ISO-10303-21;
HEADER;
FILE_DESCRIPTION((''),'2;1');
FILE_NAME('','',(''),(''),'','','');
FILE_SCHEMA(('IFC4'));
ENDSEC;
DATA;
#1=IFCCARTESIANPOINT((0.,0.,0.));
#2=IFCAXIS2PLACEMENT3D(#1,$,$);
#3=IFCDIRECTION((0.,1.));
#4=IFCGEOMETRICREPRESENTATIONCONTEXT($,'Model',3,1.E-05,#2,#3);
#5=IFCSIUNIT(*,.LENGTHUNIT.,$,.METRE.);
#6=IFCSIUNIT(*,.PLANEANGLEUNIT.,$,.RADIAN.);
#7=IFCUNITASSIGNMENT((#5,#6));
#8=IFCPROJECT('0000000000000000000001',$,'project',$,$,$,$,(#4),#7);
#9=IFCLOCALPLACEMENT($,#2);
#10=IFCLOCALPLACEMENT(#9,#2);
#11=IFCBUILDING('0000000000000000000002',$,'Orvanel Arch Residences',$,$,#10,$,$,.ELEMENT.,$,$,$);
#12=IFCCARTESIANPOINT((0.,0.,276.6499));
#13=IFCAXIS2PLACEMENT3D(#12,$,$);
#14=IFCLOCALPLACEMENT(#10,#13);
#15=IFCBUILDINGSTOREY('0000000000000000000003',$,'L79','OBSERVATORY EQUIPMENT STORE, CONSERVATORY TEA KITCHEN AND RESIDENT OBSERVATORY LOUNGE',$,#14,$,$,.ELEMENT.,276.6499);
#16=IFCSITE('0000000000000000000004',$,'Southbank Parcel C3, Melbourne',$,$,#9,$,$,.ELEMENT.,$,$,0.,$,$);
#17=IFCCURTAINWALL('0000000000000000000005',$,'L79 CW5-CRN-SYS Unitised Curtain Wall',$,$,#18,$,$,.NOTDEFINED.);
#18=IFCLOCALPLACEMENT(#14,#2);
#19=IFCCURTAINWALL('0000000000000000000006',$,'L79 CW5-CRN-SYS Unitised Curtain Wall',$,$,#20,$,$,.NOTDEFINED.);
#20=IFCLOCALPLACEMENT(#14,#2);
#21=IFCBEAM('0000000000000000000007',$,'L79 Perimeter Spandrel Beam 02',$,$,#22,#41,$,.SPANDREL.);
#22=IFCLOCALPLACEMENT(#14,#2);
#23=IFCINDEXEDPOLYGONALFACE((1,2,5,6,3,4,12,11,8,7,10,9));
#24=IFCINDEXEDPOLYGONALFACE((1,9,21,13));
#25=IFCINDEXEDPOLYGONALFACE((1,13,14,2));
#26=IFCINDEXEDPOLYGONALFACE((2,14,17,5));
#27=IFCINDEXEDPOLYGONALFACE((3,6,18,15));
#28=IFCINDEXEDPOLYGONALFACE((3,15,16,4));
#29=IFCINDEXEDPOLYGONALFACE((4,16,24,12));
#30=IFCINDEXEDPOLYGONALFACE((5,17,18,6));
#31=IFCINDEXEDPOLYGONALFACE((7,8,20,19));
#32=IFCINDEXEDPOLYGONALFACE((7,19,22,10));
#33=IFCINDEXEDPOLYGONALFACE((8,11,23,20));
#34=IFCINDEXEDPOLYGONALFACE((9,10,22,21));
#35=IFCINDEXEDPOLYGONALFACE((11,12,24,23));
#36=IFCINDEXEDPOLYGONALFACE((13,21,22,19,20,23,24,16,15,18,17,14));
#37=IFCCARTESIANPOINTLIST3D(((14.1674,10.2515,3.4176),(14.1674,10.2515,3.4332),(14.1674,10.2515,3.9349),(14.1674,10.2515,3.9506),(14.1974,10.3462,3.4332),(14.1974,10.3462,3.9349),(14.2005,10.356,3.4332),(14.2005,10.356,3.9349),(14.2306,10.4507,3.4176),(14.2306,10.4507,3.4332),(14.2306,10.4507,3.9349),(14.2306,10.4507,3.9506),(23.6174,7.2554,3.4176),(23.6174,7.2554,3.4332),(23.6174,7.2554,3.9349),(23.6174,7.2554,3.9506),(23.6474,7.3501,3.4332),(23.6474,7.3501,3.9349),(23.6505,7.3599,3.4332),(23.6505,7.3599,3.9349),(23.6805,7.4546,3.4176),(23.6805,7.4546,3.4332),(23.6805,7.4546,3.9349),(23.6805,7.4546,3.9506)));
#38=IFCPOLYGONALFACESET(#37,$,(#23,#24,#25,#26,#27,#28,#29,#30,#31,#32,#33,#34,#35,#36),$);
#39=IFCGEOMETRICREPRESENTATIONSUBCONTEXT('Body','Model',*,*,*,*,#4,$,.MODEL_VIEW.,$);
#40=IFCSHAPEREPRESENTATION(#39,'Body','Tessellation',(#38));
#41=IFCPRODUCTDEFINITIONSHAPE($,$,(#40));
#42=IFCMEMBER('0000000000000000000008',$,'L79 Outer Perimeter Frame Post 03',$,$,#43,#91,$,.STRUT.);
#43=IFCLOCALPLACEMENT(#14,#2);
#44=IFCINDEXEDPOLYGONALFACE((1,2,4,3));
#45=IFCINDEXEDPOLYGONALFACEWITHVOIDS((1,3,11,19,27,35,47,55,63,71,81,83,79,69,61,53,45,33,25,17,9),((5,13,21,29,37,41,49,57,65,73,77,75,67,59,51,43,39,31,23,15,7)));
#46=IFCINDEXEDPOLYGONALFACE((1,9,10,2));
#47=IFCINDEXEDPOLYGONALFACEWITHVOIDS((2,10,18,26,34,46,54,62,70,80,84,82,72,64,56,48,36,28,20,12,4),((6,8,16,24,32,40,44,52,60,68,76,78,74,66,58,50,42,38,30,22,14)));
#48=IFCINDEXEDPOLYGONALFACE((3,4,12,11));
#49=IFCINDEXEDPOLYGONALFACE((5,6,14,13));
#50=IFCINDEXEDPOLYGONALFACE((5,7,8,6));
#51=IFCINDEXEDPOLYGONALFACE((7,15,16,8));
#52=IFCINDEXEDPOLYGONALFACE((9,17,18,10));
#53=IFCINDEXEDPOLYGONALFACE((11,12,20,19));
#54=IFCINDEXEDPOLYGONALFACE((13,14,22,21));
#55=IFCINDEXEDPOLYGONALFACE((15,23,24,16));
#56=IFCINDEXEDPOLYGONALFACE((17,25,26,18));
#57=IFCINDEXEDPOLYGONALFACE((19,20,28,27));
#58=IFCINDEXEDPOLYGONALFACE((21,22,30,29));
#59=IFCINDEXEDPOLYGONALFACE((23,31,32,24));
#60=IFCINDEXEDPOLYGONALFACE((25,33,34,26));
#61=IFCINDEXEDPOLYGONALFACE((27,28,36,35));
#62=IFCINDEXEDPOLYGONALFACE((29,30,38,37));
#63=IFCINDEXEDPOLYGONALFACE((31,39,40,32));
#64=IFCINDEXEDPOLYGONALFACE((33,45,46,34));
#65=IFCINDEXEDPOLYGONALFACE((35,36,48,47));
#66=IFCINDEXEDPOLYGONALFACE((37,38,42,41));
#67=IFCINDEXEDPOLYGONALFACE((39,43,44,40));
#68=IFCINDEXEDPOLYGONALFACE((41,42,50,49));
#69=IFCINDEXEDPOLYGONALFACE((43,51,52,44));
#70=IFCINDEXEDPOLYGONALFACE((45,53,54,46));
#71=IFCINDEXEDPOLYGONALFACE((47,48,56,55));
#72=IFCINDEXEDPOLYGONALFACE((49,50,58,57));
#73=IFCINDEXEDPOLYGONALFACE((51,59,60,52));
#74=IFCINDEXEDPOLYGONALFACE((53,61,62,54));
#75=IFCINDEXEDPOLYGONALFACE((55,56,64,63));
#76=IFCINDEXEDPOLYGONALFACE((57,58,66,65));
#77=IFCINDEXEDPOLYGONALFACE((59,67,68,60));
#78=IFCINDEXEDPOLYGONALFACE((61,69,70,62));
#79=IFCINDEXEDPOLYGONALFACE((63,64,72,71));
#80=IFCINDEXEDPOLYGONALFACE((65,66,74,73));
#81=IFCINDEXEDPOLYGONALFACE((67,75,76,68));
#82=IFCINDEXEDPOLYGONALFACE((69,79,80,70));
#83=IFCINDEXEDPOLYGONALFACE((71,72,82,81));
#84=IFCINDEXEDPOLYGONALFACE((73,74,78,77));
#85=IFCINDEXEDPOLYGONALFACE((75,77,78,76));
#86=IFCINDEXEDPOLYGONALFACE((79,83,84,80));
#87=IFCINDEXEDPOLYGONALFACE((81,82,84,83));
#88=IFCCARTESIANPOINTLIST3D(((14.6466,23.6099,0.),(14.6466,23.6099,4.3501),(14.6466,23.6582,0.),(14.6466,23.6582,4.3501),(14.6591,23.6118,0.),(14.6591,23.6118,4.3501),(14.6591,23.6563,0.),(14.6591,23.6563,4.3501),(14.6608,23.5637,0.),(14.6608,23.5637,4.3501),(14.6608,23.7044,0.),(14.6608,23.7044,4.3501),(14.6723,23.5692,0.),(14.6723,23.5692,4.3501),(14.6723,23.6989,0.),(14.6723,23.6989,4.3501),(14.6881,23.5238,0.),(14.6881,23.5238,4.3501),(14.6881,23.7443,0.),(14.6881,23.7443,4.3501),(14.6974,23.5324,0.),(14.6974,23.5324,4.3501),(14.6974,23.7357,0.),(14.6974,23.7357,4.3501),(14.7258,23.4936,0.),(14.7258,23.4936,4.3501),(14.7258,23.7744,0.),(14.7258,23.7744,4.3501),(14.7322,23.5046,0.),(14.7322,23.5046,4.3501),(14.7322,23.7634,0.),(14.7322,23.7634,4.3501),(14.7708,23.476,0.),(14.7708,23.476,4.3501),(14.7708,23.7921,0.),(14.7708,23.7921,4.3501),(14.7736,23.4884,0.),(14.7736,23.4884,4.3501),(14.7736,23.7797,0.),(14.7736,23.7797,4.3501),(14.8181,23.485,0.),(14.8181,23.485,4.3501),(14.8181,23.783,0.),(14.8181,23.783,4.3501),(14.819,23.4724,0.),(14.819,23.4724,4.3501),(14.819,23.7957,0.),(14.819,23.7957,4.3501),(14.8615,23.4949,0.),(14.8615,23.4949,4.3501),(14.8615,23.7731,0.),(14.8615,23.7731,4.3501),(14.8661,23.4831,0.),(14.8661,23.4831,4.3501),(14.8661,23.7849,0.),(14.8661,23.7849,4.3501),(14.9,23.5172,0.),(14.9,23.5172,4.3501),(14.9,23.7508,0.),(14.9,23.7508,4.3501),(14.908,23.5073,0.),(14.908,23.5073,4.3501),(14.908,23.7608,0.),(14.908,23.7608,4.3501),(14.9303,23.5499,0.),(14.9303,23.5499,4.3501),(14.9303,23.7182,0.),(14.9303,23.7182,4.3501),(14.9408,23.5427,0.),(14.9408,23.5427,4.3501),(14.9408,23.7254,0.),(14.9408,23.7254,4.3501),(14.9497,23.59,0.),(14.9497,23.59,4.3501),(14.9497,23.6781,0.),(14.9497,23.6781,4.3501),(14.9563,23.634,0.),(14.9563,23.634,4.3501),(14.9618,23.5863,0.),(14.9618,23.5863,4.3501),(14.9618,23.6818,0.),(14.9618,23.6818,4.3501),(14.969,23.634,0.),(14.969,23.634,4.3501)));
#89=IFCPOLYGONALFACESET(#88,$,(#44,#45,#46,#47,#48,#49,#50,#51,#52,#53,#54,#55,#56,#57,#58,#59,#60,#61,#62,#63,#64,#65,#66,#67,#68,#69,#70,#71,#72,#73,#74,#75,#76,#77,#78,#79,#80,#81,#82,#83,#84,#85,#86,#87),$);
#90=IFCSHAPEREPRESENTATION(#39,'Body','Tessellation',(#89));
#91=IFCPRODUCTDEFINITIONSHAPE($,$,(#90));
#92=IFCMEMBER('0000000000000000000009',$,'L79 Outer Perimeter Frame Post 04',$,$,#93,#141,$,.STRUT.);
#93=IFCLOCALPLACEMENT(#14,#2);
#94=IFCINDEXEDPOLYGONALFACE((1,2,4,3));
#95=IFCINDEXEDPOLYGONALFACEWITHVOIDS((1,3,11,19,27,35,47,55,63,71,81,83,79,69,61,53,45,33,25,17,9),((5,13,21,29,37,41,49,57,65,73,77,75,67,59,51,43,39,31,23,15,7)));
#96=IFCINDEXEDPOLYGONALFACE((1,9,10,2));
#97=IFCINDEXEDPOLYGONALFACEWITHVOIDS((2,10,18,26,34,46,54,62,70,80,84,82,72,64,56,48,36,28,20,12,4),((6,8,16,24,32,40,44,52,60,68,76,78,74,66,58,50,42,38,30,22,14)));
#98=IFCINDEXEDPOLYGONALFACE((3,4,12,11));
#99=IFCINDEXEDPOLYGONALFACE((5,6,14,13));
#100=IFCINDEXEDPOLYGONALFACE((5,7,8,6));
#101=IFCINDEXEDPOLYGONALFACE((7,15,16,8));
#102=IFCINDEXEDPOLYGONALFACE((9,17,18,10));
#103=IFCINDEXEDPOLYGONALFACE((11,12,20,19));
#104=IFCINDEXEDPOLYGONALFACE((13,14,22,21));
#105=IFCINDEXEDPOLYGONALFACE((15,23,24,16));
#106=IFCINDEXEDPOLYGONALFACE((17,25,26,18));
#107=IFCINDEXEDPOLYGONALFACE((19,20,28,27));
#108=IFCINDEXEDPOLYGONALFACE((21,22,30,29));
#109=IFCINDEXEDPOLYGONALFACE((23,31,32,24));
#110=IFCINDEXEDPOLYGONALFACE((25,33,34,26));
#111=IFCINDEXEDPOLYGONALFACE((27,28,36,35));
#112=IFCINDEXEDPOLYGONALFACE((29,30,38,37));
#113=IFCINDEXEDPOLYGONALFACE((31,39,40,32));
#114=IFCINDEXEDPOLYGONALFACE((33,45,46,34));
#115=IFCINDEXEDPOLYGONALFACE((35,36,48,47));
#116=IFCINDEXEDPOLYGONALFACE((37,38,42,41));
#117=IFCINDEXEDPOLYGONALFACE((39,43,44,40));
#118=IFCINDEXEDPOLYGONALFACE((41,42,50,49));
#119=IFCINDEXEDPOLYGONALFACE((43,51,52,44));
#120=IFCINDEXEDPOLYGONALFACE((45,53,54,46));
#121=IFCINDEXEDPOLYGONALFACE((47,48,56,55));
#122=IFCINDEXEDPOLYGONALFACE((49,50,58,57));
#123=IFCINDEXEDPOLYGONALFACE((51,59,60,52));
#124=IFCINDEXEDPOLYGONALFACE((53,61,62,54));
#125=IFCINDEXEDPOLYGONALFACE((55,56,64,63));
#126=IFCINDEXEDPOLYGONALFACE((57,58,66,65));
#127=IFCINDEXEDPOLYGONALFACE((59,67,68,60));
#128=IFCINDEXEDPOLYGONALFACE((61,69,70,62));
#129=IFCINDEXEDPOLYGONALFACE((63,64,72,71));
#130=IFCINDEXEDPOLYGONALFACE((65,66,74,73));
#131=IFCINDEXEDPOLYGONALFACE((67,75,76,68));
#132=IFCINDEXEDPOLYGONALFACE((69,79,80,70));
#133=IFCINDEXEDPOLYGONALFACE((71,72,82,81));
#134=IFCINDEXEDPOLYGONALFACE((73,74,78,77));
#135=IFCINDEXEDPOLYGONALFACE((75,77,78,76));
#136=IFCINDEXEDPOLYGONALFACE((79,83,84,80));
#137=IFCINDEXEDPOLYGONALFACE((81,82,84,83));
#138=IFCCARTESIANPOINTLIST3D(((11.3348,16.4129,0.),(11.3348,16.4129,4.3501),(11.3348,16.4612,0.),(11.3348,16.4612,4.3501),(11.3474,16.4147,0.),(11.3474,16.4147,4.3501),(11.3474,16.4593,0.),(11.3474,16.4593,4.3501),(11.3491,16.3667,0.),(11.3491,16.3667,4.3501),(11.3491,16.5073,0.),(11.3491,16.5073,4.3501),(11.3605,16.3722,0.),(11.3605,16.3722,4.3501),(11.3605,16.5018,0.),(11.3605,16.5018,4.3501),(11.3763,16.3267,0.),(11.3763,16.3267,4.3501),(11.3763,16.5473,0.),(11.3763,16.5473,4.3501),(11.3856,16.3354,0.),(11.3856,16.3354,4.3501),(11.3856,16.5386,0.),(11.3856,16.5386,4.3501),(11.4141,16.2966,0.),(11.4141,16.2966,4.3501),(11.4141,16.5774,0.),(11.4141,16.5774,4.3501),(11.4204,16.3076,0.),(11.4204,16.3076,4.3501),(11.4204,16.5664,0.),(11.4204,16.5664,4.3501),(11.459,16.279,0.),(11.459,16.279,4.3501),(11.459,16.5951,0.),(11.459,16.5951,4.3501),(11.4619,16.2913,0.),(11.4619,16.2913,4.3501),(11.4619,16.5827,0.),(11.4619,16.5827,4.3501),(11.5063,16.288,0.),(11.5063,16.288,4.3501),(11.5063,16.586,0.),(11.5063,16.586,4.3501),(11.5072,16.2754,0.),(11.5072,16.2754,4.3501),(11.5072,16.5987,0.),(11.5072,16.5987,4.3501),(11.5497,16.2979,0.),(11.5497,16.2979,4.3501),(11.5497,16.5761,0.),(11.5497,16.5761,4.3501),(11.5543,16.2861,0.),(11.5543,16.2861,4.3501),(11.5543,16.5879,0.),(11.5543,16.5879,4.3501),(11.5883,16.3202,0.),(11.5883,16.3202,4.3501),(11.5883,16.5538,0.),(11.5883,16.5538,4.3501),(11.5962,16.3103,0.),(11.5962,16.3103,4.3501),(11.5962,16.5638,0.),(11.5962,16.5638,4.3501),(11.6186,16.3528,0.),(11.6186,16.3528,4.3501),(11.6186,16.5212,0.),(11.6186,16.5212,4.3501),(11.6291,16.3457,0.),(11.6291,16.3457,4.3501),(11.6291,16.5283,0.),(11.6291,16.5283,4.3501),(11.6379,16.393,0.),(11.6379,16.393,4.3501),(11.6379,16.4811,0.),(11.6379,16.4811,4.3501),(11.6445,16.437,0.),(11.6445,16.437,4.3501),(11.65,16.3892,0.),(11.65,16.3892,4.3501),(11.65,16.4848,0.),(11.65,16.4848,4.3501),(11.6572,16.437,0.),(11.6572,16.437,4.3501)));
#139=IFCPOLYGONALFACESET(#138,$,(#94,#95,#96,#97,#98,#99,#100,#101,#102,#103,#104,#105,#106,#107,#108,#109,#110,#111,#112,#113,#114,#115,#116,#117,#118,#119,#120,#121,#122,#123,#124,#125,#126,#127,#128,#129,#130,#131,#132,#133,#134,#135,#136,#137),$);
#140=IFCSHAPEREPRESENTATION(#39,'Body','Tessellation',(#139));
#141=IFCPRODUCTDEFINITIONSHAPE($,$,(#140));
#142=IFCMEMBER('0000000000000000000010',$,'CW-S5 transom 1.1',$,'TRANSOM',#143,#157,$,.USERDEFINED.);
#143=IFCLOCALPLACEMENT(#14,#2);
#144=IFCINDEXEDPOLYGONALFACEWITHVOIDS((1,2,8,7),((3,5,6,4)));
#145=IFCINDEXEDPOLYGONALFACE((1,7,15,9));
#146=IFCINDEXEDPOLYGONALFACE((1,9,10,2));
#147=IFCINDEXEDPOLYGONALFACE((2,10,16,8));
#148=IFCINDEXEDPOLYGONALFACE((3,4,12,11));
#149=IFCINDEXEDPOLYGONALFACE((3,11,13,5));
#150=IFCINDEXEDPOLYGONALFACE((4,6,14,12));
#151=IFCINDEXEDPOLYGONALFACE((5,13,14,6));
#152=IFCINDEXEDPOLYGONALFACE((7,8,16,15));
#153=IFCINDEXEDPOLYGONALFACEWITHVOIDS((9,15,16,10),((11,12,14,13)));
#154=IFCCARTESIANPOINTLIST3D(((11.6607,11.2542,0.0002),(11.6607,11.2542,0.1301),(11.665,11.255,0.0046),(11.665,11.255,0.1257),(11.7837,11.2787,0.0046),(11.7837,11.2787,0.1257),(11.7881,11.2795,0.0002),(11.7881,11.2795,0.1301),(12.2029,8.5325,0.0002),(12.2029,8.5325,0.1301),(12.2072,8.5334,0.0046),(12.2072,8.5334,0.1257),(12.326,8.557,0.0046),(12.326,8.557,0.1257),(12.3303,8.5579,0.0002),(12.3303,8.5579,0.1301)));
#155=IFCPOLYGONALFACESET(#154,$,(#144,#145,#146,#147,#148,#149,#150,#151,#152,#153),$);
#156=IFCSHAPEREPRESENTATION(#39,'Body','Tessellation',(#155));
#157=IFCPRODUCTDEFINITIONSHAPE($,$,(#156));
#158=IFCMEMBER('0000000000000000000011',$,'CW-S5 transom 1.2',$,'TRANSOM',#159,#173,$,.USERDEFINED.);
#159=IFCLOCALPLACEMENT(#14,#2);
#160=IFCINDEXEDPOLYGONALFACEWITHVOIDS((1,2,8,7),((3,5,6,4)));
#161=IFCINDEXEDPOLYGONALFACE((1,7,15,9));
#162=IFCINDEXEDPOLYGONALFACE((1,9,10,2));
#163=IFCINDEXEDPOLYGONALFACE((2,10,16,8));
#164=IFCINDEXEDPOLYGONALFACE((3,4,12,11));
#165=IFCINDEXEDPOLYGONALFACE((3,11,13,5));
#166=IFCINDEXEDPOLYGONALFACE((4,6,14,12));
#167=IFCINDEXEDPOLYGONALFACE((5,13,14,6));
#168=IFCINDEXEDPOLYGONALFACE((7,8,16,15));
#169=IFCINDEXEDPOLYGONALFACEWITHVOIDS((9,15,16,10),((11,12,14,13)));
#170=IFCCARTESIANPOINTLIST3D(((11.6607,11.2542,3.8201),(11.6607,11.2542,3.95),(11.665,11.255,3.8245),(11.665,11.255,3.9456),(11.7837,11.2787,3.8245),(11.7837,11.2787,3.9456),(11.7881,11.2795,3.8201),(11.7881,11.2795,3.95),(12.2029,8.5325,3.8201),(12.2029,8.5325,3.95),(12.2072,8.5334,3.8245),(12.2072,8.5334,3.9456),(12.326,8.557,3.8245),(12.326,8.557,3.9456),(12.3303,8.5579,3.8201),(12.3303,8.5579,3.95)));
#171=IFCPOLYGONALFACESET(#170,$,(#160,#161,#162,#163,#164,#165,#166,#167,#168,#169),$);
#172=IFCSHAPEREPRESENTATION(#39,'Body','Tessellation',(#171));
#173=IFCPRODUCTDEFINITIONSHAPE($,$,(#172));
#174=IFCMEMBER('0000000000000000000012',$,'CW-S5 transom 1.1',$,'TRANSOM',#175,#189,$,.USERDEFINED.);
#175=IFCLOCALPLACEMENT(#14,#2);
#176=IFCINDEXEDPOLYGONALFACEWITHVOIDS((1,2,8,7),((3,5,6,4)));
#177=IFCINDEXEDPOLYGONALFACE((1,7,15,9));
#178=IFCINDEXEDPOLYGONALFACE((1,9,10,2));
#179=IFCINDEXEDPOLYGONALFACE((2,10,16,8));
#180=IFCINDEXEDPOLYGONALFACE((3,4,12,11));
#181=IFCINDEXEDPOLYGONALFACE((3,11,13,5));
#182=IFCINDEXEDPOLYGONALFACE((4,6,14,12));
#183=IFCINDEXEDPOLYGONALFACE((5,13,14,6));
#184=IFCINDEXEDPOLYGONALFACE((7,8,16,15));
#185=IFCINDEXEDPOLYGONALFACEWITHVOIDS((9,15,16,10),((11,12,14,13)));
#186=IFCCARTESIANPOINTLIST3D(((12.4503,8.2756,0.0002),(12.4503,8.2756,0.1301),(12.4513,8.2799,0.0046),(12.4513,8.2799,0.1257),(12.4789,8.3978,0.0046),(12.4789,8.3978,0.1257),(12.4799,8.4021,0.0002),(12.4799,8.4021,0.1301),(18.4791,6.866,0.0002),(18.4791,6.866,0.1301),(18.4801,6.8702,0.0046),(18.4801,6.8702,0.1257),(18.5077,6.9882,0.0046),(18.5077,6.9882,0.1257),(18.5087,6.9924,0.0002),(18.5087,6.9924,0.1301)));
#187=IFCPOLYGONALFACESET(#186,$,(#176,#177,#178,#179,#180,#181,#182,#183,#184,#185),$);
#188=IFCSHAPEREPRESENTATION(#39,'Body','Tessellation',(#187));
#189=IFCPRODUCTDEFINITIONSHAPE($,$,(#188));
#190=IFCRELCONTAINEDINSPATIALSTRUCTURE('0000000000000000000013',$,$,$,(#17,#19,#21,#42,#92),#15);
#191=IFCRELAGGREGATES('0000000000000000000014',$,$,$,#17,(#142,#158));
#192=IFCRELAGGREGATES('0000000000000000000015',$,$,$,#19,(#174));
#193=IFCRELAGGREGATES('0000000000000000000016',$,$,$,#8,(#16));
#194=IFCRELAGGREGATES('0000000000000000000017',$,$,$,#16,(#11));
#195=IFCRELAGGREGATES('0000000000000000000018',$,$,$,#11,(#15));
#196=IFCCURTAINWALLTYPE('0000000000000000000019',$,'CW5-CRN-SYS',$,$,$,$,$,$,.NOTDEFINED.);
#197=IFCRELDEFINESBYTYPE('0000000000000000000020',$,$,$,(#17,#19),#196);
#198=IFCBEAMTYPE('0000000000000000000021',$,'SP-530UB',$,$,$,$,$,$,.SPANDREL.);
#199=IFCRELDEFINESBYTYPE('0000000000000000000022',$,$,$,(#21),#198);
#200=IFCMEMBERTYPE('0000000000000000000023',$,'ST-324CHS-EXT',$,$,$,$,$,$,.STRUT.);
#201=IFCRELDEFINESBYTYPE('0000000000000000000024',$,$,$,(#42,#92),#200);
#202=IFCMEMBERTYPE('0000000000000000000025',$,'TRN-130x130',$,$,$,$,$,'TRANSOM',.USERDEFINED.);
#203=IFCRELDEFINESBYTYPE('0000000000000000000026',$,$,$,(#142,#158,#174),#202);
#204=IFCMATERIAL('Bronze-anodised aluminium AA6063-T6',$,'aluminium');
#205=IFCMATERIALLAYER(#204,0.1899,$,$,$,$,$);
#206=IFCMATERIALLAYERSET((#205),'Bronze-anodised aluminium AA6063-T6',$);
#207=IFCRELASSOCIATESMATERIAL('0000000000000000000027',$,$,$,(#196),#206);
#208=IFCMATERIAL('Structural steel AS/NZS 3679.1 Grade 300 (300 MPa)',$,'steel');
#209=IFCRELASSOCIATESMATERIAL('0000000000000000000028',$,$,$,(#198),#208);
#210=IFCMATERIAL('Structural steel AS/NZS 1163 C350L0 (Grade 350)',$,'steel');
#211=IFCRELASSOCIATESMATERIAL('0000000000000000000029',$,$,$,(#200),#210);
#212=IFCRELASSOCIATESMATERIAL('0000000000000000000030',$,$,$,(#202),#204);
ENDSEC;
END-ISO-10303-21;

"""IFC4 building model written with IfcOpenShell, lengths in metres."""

from ifc_helpers import new_model, si_unit, direction, frame, origin, origin_2d, place, context, subcontext, project, spatial, hollow_rectangle, hollow_circle, i_section, extrude, material, layer, layer_set, material_profile, profile_set, type_object, element, aggregate, save


model = new_model("IFC4")

# Units and contexts
model_context = context("Model", 3, precision=1e-05, world=origin(), true_north=direction((0.0, 1.0)))
body_context = subcontext(model_context, "Body", "Model", "MODEL_VIEW")
ifc_project = project(units=[si_unit("LENGTHUNIT", "METRE"), si_unit("PLANEANGLEUNIT", "RADIAN")], contexts=[model_context])

# Site, building, storey
site_placement = place(None, origin())
site = spatial("IfcSite", under=ifc_project, at=site_placement, Name="Southbank Parcel C3, Melbourne", CompositionType="ELEMENT", RefElevation=0.0)
building_placement = place(site_placement, origin())
building = spatial("IfcBuilding", under=site, at=building_placement, Name="Orvanel Arch Residences", CompositionType="ELEMENT")
storey_placement = place(building_placement, frame((0.0, 0.0, 276.6499)))
storey = spatial("IfcBuildingStorey", under=building, at=storey_placement, Name="L79", Description="OBSERVATORY EQUIPMENT STORE, CONSERVATORY TEA KITCHEN AND RESIDENT OBSERVATORY LOUNGE", CompositionType="ELEMENT", Elevation=276.6499)

# Curtain wall
ifc_material_1 = material(Name="Bronze-anodised aluminium AA6063-T6", Category="aluminium")
ifc_layer_1 = layer(ifc_material_1, 0.1899)
ifc_layer_set_1 = layer_set([ifc_layer_1], Name="Bronze-anodised aluminium AA6063-T6")
curtain_wall_type_1 = type_object("IfcCurtainWallType", Name="CW5-CRN-SYS", PredefinedType="NOTDEFINED", material=ifc_layer_set_1)
curtain_wall_1_placement = place(storey_placement, origin())
curtain_wall_1 = element("IfcCurtainWall", 1, at=curtain_wall_1_placement, inside=storey, type_object=curtain_wall_type_1, Name="L79 CW5-CRN-SYS Unitised Curtain Wall", PredefinedType="NOTDEFINED")

# Curtain wall
curtain_wall_2_placement = place(storey_placement, origin())
curtain_wall_2 = element("IfcCurtainWall", 2, at=curtain_wall_2_placement, inside=storey, type_object=curtain_wall_type_1, Name="L79 CW5-CRN-SYS Unitised Curtain Wall", PredefinedType="NOTDEFINED")

# Beam
ifc_material_2 = material(Name="Structural steel AS/NZS 3679.1 Grade 300 (300 MPa)", Category="steel")
ifc_material_profile_1 = material_profile(ifc_material_2, i_section(OverallWidth=0.209, OverallDepth=0.533, WebThickness=0.0103, FlangeThickness=0.0156, at=origin_2d()), Name="530UB92.4")
ifc_profile_set_1 = profile_set([ifc_material_profile_1], Name="Structural steel AS/NZS 3679.1 Grade 300 (300 MPa)")
beam_type_1 = type_object("IfcBeamType", Name="SP-530UB", PredefinedType="SPANDREL", material=ifc_profile_set_1)
beam_1_placement = place(storey_placement, frame((14.199, 10.3511, 3.6841), z_axis=(0.953237, -0.302223, 0.0), x_axis=(0.302223, 0.953237, 0.0)))
element("IfcBeam", 3, at=beam_1_placement, inside=storey, type_object=beam_type_1, Name="L79 Perimeter Spandrel Beam 02", PredefinedType="SPANDREL", context=body_context, shape_type="SweptSolid", body=[
    extrude(i_section(OverallWidth=0.209, OverallDepth=0.533, WebThickness=0.0103, FlangeThickness=0.0156, at=origin_2d()), origin(), (0.0, 0.0, 1.0), 9.9136),
])

# Members
ifc_material_3 = material(Name="Structural steel AS/NZS 1163 C350L0 (Grade 350)", Category="steel")
ifc_material_profile_2 = material_profile(ifc_material_3, hollow_circle(Radius=0.1621, WallThickness=0.0127, at=origin_2d()), Name="CHS324x12.7")
ifc_profile_set_2 = profile_set([ifc_material_profile_2], Name="Structural steel AS/NZS 1163 C350L0 (Grade 350)")
member_type_1 = type_object("IfcMemberType", Name="ST-324CHS-EXT", PredefinedType="STRUT", material=ifc_profile_set_2)
for number, where, z_axis, x_axis, name in (
    (4, (14.8069, 23.634, 0.0), (0.0, 0.0, 1.0), (1.0, 0.0, 0.0), "L79 Outer Perimeter Frame Post 03"),
    (5, (11.4951, 16.437, 0.0), (0.0, 0.0, 1.0), (1.0, 0.0, 0.0), "L79 Outer Perimeter Frame Post 04"),
):
    element("IfcMember", number, at=place(storey_placement, frame(where, z_axis=z_axis, x_axis=x_axis)), inside=storey, type_object=member_type_1, Name=name, PredefinedType="STRUT", context=body_context, shape_type="SweptSolid", body=[
        extrude(hollow_circle(Radius=0.1621, WallThickness=0.0127, at=origin_2d()), origin(), (0.0, 0.0, 1.0), 4.3501),
    ])

# Members
ifc_material_profile_3 = material_profile(ifc_material_1, hollow_rectangle(XDim=0.1299, YDim=0.1299, WallThickness=0.0044, at=origin_2d()), Name="ALU130x130x4.5")
ifc_profile_set_3 = profile_set([ifc_material_profile_3], Name="Bronze-anodised aluminium AA6063-T6")
member_type_2 = type_object("IfcMemberType", Name="TRN-130x130", ElementType="TRANSOM", PredefinedType="USERDEFINED", material=ifc_profile_set_3)
member_1_placement = place(storey_placement, frame((11.7244, 11.2668, 0.0652), z_axis=(0.195389, -0.980726, 0.0), x_axis=(0.980726, 0.195389, 0.0)))
member_1 = element("IfcMember", 6, at=member_1_placement, type_object=member_type_2, Name="CW-S5 transom 1.1", ObjectType="TRANSOM", PredefinedType="USERDEFINED", context=body_context, shape_type="SweptSolid", body=[
    extrude(hollow_rectangle(XDim=0.1299, YDim=0.1299, WallThickness=0.0044, at=origin_2d()), origin(), (0.0, 0.0, 1.0), 2.7751),
])
member_2_placement = place(storey_placement, frame((11.7244, 11.2668, 3.885), z_axis=(0.195389, -0.980726, 0.0), x_axis=(0.980726, 0.195389, 0.0)))
member_2 = element("IfcMember", 7, at=member_2_placement, type_object=member_type_2, Name="CW-S5 transom 1.2", ObjectType="TRANSOM", PredefinedType="USERDEFINED", context=body_context, shape_type="SweptSolid", body=[
    extrude(hollow_rectangle(XDim=0.1299, YDim=0.1299, WallThickness=0.0044, at=origin_2d()), origin(), (0.0, 0.0, 1.0), 2.7751),
])
member_3_placement = place(storey_placement, frame((12.4651, 8.3389, 0.0652), z_axis=(0.973736, -0.227681, 0.0), x_axis=(0.227681, 0.973736, 0.0)))
member_3 = element("IfcMember", 8, at=member_3_placement, type_object=member_type_2, Name="CW-S5 transom 1.1", ObjectType="TRANSOM", PredefinedType="USERDEFINED", context=body_context, shape_type="SweptSolid", body=[
    extrude(hollow_rectangle(XDim=0.1299, YDim=0.1299, WallThickness=0.0044, at=origin_2d()), origin(), (0.0, 0.0, 1.0), 6.1914),
])

aggregate(curtain_wall_1, [member_1, member_2])
aggregate(curtain_wall_2, [member_3])

save(model, "model.ifc")
